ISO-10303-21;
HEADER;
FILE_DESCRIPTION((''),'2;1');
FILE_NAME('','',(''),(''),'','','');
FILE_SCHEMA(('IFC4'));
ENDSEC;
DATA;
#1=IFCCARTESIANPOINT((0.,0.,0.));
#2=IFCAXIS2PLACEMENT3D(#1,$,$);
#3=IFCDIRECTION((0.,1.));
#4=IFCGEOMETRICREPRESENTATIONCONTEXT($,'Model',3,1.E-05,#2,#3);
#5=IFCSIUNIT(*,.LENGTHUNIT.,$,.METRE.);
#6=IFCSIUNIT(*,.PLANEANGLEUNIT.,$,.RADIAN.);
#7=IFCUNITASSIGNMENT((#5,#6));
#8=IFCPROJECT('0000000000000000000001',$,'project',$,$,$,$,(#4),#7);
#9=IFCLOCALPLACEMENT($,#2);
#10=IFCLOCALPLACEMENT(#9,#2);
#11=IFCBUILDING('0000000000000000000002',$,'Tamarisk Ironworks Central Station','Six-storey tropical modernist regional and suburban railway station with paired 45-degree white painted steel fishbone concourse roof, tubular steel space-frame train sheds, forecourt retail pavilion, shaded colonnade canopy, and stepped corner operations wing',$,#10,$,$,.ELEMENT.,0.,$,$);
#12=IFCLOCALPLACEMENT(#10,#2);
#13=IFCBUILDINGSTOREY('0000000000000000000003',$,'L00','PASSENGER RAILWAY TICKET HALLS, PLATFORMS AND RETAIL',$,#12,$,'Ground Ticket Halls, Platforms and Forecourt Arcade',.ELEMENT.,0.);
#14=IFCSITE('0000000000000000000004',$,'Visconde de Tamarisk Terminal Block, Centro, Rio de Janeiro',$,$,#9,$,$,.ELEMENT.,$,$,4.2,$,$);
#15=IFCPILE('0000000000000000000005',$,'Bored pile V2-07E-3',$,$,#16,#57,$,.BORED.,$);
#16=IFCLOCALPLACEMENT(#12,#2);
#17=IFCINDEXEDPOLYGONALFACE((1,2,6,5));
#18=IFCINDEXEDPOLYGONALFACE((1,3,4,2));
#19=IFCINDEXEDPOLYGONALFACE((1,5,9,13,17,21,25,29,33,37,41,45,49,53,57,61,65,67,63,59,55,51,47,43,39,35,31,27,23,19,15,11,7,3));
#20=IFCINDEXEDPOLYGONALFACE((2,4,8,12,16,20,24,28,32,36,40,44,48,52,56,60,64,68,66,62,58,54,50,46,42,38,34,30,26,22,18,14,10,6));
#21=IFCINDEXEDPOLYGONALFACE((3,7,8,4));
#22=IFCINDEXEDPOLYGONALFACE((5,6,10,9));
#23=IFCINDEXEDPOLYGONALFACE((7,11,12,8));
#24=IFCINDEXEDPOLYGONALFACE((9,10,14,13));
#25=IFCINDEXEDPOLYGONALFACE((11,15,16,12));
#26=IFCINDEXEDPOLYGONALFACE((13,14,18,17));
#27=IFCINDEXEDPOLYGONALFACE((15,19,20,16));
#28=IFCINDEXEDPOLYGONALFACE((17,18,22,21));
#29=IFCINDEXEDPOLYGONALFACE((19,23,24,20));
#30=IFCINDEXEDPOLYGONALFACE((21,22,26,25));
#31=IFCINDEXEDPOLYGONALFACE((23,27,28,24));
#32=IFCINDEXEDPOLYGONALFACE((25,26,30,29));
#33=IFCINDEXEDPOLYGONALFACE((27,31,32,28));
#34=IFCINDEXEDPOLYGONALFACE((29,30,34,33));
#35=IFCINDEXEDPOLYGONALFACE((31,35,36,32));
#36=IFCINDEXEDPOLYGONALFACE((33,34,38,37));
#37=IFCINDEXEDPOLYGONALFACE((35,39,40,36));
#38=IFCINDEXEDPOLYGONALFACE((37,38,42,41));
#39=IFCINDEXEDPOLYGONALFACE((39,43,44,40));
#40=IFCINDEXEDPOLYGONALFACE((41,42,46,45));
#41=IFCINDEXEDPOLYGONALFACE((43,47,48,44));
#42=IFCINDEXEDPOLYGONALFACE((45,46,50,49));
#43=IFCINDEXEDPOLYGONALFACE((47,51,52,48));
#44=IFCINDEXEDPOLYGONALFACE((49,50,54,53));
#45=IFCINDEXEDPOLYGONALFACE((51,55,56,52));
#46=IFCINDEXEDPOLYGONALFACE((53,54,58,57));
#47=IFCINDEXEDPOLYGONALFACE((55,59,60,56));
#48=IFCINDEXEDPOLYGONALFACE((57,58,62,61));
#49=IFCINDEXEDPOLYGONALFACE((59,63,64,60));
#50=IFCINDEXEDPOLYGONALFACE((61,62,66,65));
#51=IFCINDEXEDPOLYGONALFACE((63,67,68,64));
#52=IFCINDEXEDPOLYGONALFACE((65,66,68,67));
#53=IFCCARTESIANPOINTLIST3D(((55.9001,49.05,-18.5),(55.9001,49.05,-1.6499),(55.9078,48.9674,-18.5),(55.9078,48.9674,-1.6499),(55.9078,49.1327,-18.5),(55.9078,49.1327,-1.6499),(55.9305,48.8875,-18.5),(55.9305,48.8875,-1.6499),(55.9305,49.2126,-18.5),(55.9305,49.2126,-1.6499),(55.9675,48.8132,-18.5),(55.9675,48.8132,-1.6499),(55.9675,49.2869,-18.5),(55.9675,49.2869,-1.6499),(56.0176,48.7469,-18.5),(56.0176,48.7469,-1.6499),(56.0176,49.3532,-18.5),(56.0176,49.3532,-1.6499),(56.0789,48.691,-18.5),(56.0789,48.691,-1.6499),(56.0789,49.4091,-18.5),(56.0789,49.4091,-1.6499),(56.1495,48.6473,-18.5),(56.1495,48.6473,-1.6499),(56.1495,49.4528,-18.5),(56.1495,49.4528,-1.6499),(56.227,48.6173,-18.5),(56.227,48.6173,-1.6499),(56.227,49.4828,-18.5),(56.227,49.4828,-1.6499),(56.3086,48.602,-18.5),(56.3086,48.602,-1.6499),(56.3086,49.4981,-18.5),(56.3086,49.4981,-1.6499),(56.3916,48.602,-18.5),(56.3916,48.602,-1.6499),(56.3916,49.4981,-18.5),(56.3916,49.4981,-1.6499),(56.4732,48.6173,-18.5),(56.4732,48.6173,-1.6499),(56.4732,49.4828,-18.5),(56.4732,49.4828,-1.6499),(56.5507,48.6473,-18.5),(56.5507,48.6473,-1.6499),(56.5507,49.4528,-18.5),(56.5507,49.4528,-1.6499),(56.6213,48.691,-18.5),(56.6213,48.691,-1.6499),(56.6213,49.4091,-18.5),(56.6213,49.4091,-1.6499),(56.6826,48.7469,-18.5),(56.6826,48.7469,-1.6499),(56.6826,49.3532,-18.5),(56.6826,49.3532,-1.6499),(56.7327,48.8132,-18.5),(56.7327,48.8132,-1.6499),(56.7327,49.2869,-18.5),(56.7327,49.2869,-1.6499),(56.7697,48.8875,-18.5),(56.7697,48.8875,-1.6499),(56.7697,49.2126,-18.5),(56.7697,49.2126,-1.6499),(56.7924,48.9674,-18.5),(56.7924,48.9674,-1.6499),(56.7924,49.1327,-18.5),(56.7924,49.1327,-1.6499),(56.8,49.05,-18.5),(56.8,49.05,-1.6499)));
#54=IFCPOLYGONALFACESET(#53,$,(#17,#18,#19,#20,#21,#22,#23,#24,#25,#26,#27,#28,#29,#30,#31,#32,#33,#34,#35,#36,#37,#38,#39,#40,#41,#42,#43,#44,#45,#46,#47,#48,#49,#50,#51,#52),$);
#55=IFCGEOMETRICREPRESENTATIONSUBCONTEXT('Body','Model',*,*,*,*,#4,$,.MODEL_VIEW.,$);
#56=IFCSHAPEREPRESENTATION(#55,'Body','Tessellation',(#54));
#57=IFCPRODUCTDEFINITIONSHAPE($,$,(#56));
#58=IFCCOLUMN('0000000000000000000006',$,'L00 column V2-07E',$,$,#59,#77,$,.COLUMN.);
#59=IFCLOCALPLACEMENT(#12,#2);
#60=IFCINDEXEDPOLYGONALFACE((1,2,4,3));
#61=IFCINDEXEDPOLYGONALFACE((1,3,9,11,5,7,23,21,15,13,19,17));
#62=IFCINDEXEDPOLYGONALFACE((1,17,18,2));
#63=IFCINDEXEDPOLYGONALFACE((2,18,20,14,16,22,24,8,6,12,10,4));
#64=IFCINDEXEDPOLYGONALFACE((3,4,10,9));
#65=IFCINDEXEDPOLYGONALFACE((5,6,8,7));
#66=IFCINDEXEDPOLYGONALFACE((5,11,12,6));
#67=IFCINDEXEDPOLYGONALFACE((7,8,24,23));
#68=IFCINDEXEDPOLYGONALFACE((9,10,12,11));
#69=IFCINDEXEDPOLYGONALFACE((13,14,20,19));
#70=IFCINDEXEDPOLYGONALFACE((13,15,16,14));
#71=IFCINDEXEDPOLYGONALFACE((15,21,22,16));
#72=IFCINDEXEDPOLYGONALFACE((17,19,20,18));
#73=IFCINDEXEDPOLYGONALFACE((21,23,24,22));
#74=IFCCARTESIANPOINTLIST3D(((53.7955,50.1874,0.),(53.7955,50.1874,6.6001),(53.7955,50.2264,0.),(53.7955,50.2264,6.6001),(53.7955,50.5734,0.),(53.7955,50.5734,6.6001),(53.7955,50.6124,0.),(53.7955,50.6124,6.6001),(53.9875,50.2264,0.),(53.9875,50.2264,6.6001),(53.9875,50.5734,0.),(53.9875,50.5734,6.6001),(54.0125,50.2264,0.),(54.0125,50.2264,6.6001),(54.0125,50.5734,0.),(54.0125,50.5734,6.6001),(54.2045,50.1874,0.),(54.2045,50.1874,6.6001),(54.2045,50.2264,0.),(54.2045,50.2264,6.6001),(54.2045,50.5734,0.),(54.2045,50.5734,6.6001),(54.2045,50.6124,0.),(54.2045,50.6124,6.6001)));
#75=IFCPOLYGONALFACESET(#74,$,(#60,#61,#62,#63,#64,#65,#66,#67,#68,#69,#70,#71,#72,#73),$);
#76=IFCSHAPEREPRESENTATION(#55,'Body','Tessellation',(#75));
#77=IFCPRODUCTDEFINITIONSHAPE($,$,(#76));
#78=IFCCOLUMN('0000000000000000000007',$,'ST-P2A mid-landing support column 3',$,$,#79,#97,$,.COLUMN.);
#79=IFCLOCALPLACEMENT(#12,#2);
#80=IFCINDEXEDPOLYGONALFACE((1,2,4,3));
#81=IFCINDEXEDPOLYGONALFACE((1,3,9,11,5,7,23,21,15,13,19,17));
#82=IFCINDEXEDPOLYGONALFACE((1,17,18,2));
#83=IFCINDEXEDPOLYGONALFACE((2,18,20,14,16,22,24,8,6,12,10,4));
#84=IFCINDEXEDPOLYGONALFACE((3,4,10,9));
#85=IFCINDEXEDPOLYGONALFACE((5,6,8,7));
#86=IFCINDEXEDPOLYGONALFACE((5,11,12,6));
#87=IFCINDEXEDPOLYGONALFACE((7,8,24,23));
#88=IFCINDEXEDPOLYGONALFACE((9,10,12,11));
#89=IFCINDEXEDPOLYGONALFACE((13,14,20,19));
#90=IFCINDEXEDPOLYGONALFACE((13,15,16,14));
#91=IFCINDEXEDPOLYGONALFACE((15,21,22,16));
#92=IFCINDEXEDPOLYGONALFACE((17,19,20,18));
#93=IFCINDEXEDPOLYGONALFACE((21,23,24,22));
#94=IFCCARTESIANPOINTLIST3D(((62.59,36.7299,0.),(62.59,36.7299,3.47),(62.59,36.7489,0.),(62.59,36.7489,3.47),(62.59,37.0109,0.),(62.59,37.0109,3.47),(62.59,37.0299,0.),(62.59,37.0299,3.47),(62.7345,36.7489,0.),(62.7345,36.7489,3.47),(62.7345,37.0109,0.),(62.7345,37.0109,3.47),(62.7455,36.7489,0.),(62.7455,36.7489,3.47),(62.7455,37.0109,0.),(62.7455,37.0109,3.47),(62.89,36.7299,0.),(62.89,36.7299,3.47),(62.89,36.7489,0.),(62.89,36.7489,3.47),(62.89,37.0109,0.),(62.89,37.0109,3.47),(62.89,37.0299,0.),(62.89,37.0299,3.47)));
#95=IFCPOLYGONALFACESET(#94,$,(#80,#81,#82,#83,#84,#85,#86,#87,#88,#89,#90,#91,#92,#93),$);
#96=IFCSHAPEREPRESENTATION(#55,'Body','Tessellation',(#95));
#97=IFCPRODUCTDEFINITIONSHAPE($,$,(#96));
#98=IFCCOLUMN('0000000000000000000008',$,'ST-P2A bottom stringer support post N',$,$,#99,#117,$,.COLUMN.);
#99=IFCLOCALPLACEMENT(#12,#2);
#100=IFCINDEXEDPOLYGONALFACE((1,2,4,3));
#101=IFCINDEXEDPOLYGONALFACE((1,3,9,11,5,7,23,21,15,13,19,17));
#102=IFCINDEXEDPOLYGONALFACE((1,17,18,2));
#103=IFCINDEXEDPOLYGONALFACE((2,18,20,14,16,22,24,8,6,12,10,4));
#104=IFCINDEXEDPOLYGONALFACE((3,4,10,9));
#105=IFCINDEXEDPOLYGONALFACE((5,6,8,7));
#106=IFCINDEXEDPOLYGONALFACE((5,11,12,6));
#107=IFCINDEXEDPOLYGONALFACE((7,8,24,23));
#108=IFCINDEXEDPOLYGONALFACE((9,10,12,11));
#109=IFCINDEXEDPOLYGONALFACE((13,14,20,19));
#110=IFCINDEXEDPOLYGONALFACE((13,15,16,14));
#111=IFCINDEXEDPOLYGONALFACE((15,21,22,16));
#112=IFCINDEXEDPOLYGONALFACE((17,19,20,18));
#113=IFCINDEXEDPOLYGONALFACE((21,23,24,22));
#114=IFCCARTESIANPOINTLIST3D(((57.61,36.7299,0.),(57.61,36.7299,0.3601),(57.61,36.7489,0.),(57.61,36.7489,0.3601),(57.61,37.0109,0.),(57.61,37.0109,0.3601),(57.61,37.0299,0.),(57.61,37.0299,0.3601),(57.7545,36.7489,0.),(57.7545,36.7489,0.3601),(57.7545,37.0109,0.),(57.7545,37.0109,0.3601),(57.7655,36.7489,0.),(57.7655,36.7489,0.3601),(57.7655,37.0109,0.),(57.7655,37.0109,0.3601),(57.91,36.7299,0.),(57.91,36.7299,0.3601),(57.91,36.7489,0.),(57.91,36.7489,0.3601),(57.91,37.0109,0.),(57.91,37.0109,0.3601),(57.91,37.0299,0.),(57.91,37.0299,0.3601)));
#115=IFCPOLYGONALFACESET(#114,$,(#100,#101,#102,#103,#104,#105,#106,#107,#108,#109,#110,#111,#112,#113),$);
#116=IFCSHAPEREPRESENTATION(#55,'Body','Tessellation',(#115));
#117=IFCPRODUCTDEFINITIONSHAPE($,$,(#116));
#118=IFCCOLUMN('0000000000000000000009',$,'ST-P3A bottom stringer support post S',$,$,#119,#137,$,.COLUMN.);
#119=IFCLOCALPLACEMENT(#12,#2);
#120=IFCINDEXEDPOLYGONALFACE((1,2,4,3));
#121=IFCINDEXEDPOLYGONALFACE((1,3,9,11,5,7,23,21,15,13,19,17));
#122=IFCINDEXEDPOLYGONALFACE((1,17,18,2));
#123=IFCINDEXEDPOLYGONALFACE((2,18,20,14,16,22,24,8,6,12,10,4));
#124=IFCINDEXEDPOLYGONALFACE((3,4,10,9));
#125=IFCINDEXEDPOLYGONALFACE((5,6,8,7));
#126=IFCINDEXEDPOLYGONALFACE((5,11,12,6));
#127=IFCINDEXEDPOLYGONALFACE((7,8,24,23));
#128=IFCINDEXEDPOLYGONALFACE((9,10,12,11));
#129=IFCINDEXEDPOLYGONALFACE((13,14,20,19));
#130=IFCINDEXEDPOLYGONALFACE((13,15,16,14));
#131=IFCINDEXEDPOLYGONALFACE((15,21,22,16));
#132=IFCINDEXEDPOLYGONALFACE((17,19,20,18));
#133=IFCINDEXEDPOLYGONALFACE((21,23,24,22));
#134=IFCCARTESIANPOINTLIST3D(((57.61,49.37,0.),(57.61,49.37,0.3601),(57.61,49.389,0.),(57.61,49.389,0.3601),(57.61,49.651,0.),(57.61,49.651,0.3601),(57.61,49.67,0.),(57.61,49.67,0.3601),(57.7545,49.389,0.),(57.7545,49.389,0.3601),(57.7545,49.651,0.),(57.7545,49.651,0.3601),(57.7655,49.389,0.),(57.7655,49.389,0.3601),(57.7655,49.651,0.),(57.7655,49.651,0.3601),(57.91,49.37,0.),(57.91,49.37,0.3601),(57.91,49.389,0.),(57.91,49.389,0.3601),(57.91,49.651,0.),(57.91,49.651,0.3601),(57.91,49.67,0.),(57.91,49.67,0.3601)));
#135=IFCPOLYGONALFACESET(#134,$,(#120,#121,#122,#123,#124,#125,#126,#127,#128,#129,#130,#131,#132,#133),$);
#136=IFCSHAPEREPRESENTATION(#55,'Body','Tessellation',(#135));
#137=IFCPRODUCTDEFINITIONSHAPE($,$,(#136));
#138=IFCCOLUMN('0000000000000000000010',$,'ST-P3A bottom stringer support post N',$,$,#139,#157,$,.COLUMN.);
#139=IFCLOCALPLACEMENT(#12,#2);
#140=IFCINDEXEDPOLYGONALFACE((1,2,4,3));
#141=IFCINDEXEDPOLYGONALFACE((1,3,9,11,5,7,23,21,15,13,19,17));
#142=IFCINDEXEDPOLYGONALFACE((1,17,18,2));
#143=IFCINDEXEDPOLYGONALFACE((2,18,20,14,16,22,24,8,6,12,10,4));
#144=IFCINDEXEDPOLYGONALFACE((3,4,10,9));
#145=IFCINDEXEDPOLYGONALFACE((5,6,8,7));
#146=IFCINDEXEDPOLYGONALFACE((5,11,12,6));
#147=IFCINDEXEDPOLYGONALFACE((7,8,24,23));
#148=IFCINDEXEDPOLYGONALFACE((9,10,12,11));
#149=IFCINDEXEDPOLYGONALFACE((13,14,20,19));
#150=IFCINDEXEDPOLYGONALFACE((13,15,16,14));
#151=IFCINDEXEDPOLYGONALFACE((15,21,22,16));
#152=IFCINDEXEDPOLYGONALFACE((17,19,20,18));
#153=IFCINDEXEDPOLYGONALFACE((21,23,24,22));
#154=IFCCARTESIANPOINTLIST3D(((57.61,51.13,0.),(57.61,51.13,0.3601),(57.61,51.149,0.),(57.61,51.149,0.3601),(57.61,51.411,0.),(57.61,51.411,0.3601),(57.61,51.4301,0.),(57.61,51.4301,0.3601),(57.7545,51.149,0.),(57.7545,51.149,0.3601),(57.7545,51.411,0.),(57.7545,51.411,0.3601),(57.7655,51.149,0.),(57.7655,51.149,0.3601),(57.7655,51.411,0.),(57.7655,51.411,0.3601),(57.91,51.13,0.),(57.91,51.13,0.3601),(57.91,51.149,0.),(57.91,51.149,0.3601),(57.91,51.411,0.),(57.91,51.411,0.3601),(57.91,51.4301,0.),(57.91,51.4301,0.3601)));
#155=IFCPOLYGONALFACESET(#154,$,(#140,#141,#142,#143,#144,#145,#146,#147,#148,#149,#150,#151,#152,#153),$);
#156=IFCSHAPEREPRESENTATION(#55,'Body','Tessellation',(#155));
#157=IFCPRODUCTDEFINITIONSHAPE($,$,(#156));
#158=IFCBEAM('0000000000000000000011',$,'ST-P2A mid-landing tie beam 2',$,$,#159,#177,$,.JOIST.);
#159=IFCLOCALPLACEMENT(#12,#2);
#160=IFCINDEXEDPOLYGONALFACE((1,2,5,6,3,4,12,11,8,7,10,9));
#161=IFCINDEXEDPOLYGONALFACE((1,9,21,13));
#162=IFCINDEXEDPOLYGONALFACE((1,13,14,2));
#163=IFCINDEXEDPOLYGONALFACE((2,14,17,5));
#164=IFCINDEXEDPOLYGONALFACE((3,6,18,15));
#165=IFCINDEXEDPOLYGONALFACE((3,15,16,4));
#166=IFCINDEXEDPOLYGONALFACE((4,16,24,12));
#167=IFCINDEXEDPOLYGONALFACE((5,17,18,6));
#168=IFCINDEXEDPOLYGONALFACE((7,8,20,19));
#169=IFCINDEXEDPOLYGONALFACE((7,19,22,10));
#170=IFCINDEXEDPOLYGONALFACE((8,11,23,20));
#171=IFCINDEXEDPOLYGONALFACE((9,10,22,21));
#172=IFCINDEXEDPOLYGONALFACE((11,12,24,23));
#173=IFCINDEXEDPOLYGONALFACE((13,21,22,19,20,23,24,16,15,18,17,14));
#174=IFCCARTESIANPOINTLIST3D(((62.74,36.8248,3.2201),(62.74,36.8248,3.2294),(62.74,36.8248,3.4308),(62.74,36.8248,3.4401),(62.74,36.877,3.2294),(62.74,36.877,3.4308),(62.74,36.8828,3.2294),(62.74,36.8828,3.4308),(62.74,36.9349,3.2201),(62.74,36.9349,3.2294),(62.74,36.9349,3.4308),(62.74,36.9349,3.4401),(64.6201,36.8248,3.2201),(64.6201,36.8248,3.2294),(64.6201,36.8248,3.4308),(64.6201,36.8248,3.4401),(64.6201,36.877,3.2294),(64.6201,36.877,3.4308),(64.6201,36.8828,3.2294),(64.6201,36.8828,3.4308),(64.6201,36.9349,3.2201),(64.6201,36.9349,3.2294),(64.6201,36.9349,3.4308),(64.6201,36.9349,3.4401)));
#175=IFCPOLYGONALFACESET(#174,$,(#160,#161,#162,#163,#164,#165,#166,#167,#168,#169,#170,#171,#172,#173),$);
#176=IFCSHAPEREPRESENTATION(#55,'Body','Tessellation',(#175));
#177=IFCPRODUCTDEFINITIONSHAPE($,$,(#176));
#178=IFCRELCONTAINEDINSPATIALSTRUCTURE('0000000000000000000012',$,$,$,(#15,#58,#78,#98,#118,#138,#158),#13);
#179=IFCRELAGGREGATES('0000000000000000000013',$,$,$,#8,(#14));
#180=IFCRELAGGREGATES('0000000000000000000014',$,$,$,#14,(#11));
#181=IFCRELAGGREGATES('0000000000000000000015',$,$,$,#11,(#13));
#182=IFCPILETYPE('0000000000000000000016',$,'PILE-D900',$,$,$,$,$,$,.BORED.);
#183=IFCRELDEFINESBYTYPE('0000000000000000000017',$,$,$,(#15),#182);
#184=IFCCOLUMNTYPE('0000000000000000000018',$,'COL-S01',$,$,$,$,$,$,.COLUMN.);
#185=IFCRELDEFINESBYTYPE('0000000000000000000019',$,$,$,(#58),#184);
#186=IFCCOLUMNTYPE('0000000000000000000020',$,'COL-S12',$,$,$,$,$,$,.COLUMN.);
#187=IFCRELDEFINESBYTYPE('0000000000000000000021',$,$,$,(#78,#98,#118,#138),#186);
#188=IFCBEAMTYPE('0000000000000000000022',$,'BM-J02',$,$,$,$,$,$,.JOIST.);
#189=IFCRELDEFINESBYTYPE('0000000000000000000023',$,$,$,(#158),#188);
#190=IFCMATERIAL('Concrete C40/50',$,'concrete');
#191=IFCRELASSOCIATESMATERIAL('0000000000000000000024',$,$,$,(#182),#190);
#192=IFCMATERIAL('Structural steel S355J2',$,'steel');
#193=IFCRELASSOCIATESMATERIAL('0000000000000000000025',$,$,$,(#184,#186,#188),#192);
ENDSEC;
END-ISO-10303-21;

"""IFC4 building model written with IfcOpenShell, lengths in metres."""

from ifc_helpers import new_model, si_unit, direction, frame, origin, origin_2d, place, context, subcontext, project, spatial, circle, i_section, extrude, material, material_profile, profile_set, type_object, element, save


model = new_model("IFC4")

# Units and contexts
model_context = context("Model", 3, precision=1e-05, world=origin(), true_north=direction((0.0, 1.0)))
body_context = subcontext(model_context, "Body", "Model", "MODEL_VIEW")
ifc_project = project(units=[si_unit("LENGTHUNIT", "METRE"), si_unit("PLANEANGLEUNIT", "RADIAN")], contexts=[model_context])

# Site, building, storey
site_placement = place(None, origin())
site = spatial("IfcSite", under=ifc_project, at=site_placement, Name="Visconde de Tamarisk Terminal Block, Centro, Rio de Janeiro", CompositionType="ELEMENT", RefElevation=4.2)
building_placement = place(site_placement, origin())
building = spatial("IfcBuilding", under=site, at=building_placement, Name="Tamarisk Ironworks Central Station", Description="Six-storey tropical modernist regional and suburban railway station with paired 45-degree white painted steel fishbone concourse roof, tubular steel space-frame train sheds, forecourt retail pavilion, shaded colonnade canopy, and stepped corner operations wing", CompositionType="ELEMENT", ElevationOfRefHeight=0.0)
storey_placement = place(building_placement, origin())
storey = spatial("IfcBuildingStorey", under=building, at=storey_placement, Name="L00", Description="PASSENGER RAILWAY TICKET HALLS, PLATFORMS AND RETAIL", LongName="Ground Ticket Halls, Platforms and Forecourt Arcade", CompositionType="ELEMENT", Elevation=0.0)

# Shared definitions
ifc_material_1 = material(Name="Concrete C40/50", Category="concrete")

# Pile
ifc_material_profile_1 = material_profile(ifc_material_1, circle(Radius=0.45, at=origin_2d()), Name="BORED PILE D900")
ifc_profile_set_1 = profile_set([ifc_material_profile_1], Name="Concrete C40/50")
pile_type = type_object("IfcPileType", Name="PILE-D900", PredefinedType="BORED", material=ifc_profile_set_1)
for number, where, z_axis, x_axis, name in (
    (1, (56.3501, 49.05, -1.6499), (0.0, 0.0, -1.0), (1.0, 0.0, 0.0), "Bored pile V2-07E-3"),
):
    element("IfcPile", number, at=place(storey_placement, frame(where, z_axis=z_axis, x_axis=x_axis)), inside=storey, type_object=pile_type, Name=name, PredefinedType="BORED", context=body_context, shape_type="SweptSolid", body=[
        extrude(circle(Radius=0.45, at=origin_2d()), origin(), (0.0, 0.0, 1.0), 16.8501),
    ])

# Columns
ifc_material_2 = material(Name="Structural steel S355J2", Category="steel")
ifc_material_profile_2 = material_profile(ifc_material_2, i_section(OverallWidth=0.4089, OverallDepth=0.425, WebThickness=0.0249, FlangeThickness=0.0391, at=origin_2d()), Name="HD 400x421")
ifc_profile_set_2 = profile_set([ifc_material_profile_2], Name="Structural steel S355J2")
column_type_1 = type_object("IfcColumnType", Name="COL-S01", PredefinedType="COLUMN", material=ifc_profile_set_2)
column_1_placement = place(storey_placement, frame((54.0, 50.3999, 0.0), z_axis=(0.0, 0.0, 1.0), x_axis=(1.0, 0.0, 0.0)))
element("IfcColumn", 2, at=column_1_placement, inside=storey, type_object=column_type_1, Name="L00 column V2-07E", PredefinedType="COLUMN", context=body_context, shape_type="SweptSolid", body=[
    extrude(i_section(OverallWidth=0.4089, OverallDepth=0.425, WebThickness=0.0249, FlangeThickness=0.0391, at=origin_2d()), origin(), (0.0, 0.0, 1.0), 6.6001),
])
ifc_material_profile_3 = material_profile(ifc_material_2, i_section(OverallWidth=0.3, OverallDepth=0.3, WebThickness=0.011, FlangeThickness=0.019, at=origin_2d()), Name="HEB 300")
ifc_profile_set_3 = profile_set([ifc_material_profile_3], Name="Structural steel S355J2")
column_type_2 = type_object("IfcColumnType", Name="COL-S12", PredefinedType="COLUMN", material=ifc_profile_set_3)
column_2_placement = place(storey_placement, frame((62.74, 36.8799, 0.0), z_axis=(0.0, 0.0, 1.0), x_axis=(1.0, 0.0, 0.0)))
element("IfcColumn", 3, at=column_2_placement, inside=storey, type_object=column_type_2, Name="ST-P2A mid-landing support column 3", PredefinedType="COLUMN", context=body_context, shape_type="SweptSolid", body=[
    extrude(i_section(OverallWidth=0.3, OverallDepth=0.3, WebThickness=0.011, FlangeThickness=0.019, at=origin_2d()), origin(), (0.0, 0.0, 1.0), 3.47),
])
for number, where, z_axis, x_axis, name in (
    (4, (57.76, 36.8799, 0.0), (0.0, 0.0, 1.0), (1.0, 0.0, 0.0), "ST-P2A bottom stringer support post N"),
    (5, (57.76, 49.52, 0.0), (0.0, 0.0, 1.0), (1.0, 0.0, 0.0), "ST-P3A bottom stringer support post S"),
    (6, (57.76, 51.28, 0.0), (0.0, 0.0, 1.0), (1.0, 0.0, 0.0), "ST-P3A bottom stringer support post N"),
):
    element("IfcColumn", number, at=place(storey_placement, frame(where, z_axis=z_axis, x_axis=x_axis)), inside=storey, type_object=column_type_2, Name=name, PredefinedType="COLUMN", context=body_context, shape_type="SweptSolid", body=[
        extrude(i_section(OverallWidth=0.3, OverallDepth=0.3, WebThickness=0.011, FlangeThickness=0.019, at=origin_2d()), origin(), (0.0, 0.0, 1.0), 0.3601),
    ])

# Beam
ifc_material_profile_4 = material_profile(ifc_material_2, i_section(OverallWidth=0.1101, OverallDepth=0.22, WebThickness=0.0059, FlangeThickness=0.0093, at=origin_2d()), Name="IPE 220")
ifc_profile_set_4 = profile_set([ifc_material_profile_4], Name="Structural steel S355J2")
beam_type = type_object("IfcBeamType", Name="BM-J02", PredefinedType="JOIST", material=ifc_profile_set_4)
beam_1_placement = place(storey_placement, frame((62.74, 36.8799, 3.3301), z_axis=(1.0, 0.0, 0.0), x_axis=(0.0, 1.0, 0.0)))
element("IfcBeam", 7, at=beam_1_placement, inside=storey, type_object=beam_type, Name="ST-P2A mid-landing tie beam 2", PredefinedType="JOIST", context=body_context, shape_type="SweptSolid", body=[
    extrude(i_section(OverallWidth=0.1101, OverallDepth=0.22, WebThickness=0.0059, FlangeThickness=0.0093, at=origin_2d()), origin(), (0.0, 0.0, 1.0), 1.8801),
])

save(model, "model.ifc")
